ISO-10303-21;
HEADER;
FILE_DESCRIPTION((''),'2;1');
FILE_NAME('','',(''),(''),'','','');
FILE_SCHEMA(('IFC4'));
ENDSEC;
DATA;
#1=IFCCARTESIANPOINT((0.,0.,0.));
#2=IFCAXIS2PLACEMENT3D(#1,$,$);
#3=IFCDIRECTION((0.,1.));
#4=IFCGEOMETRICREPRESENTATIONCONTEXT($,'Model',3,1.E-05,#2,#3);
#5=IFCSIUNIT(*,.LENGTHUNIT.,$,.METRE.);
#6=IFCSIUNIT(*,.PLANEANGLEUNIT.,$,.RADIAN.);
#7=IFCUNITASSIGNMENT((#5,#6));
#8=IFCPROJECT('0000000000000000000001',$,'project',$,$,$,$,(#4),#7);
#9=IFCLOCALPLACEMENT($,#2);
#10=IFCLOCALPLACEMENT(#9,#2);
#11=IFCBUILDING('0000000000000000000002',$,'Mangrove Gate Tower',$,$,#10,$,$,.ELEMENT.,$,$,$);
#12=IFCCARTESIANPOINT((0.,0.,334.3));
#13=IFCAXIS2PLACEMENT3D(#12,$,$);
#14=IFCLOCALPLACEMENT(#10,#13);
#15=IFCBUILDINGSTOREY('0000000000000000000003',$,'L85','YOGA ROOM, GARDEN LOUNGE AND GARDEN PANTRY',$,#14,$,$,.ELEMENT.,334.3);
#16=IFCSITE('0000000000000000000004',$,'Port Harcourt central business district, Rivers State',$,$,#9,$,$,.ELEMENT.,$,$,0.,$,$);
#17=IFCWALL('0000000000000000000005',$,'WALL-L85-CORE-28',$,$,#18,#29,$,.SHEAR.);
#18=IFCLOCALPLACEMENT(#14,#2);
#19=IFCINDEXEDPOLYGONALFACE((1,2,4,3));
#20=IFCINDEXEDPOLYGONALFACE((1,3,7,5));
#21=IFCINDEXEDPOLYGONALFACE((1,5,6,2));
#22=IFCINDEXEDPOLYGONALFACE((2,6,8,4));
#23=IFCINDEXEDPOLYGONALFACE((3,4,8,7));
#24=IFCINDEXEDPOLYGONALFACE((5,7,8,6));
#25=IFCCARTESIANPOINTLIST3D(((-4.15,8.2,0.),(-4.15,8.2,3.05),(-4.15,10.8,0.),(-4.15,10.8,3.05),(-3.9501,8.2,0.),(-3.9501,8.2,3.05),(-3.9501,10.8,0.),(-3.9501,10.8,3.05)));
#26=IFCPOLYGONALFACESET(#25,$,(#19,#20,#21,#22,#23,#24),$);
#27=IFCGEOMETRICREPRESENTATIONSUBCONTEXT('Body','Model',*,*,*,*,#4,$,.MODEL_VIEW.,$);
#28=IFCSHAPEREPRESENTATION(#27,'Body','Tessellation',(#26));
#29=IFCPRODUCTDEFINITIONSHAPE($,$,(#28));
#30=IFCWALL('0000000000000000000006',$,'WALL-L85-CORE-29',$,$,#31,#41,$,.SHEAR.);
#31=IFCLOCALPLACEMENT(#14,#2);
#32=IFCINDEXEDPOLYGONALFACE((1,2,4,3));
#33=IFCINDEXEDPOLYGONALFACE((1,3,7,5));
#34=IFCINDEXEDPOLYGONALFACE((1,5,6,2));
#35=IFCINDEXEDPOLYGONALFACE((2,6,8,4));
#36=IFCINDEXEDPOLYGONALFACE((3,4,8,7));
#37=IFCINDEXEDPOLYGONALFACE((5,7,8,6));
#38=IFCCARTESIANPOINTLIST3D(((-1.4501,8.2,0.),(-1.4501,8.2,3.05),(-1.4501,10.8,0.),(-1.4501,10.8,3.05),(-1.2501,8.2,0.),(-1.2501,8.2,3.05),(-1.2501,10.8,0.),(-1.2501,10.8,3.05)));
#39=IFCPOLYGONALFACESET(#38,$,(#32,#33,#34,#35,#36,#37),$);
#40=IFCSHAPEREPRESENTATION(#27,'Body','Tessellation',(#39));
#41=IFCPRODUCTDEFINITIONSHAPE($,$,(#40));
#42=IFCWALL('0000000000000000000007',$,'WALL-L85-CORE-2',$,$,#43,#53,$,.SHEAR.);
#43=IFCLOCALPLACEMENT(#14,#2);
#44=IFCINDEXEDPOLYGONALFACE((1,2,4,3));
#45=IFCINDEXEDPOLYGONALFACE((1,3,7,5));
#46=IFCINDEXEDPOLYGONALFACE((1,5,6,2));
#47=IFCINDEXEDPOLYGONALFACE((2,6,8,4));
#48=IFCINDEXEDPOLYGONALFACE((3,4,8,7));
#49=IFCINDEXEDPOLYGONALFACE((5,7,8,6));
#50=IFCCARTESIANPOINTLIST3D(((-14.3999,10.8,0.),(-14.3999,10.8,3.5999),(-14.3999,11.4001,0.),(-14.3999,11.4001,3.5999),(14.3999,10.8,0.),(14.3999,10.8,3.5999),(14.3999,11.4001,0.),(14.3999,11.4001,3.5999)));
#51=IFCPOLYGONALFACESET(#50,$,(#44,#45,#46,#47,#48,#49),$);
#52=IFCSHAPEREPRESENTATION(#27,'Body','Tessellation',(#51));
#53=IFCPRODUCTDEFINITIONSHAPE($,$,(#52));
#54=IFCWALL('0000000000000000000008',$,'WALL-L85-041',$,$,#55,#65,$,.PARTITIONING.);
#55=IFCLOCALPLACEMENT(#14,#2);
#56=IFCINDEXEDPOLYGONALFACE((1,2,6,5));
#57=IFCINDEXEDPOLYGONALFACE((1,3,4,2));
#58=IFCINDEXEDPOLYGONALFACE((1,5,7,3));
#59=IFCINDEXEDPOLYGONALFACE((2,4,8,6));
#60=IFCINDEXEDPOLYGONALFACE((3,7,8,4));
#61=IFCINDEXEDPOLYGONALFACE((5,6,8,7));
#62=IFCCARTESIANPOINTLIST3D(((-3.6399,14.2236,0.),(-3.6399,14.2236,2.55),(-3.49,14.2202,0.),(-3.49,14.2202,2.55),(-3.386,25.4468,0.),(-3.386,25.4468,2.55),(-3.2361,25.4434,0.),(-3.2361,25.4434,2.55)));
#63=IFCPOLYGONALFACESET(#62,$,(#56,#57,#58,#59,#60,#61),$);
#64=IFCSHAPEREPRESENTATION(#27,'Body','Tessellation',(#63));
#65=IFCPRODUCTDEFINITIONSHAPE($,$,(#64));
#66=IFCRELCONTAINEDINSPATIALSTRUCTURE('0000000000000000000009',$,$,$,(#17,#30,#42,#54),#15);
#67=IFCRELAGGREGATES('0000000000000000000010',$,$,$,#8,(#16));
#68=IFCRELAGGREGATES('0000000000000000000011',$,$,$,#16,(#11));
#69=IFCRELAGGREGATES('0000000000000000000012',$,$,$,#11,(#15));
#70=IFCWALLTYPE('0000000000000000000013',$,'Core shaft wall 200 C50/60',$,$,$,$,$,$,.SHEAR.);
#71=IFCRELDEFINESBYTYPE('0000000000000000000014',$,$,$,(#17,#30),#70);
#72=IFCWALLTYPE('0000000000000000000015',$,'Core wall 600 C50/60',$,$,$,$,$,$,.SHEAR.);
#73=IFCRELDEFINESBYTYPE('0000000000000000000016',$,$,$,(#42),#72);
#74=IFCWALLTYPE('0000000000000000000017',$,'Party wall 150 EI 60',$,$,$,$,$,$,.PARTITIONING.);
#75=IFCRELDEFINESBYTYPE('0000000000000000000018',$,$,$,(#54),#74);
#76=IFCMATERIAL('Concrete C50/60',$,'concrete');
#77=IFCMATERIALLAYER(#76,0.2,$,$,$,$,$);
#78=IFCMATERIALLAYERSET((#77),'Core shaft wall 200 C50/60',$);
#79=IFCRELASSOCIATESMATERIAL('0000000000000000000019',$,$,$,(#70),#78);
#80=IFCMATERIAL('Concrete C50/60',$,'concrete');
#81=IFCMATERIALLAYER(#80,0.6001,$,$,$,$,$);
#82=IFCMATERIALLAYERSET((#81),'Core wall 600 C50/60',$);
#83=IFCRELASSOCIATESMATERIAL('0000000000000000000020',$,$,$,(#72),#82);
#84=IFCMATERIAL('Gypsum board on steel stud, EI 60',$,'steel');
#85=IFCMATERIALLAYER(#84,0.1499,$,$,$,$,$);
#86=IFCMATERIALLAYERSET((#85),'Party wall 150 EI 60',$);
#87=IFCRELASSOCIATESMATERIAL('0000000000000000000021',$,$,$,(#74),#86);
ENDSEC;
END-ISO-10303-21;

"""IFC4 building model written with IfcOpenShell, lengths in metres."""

from ifc_helpers import new_model, si_unit, direction, frame, frame_2d, origin, place, context, subcontext, project, spatial, rectangle, extrude, material, layer, layer_set, type_object, element, save


model = new_model("IFC4")

# Units and contexts
model_context = context("Model", 3, precision=1e-05, world=origin(), true_north=direction((0.0, 1.0)))
body_context = subcontext(model_context, "Body", "Model", "MODEL_VIEW")
ifc_project = project(units=[si_unit("LENGTHUNIT", "METRE"), si_unit("PLANEANGLEUNIT", "RADIAN")], contexts=[model_context])

# Site, building, storey
site_placement = place(None, origin())
site = spatial("IfcSite", under=ifc_project, at=site_placement, Name="Port Harcourt central business district, Rivers State", CompositionType="ELEMENT", RefElevation=0.0)
building_placement = place(site_placement, origin())
building = spatial("IfcBuilding", under=site, at=building_placement, Name="Mangrove Gate Tower", CompositionType="ELEMENT")
storey_placement = place(building_placement, frame((0.0, 0.0, 334.3)))
storey = spatial("IfcBuildingStorey", under=building, at=storey_placement, Name="L85", Description="YOGA ROOM, GARDEN LOUNGE AND GARDEN PANTRY", CompositionType="ELEMENT", Elevation=334.3)

# Shared definitions
ifc_material_1 = material(Name="Concrete C50/60", Category="concrete")
ifc_layer_1 = layer(ifc_material_1, 0.2)
ifc_layer_set_1 = layer_set([ifc_layer_1], Name="Core shaft wall 200 C50/60")
wall_type_1 = type_object("IfcWallType", Name="Core shaft wall 200 C50/60", PredefinedType="SHEAR", material=ifc_layer_set_1)

# Walls
for number, where, z_axis, x_axis, name in (
    (1, (-4.05, 8.2, 0.0), (0.0, 0.0, 1.0), (0.0, 1.0, 0.0), "WALL-L85-CORE-28"),
    (2, (-1.3501, 8.2, 0.0), (0.0, 0.0, 1.0), (0.0, 1.0, 0.0), "WALL-L85-CORE-29"),
):
    element("IfcWall", number, at=place(storey_placement, frame(where, z_axis=z_axis, x_axis=x_axis)), inside=storey, type_object=wall_type_1, Name=name, PredefinedType="SHEAR", context=body_context, shape_type="SweptSolid", body=[
        extrude(rectangle(XDim=2.6001, YDim=0.2, at=frame_2d((1.3, 0.0))), origin(), (0.0, 0.0, 1.0), 3.05),
    ])
ifc_material_2 = material(Name="Concrete C50/60", Category="concrete")
ifc_layer_2 = layer(ifc_material_2, 0.6001)
ifc_layer_set_2 = layer_set([ifc_layer_2], Name="Core wall 600 C50/60")
wall_type_2 = type_object("IfcWallType", Name="Core wall 600 C50/60", PredefinedType="SHEAR", material=ifc_layer_set_2)
wall_1_placement = place(storey_placement, frame((-14.3999, 11.1001, 0.0), z_axis=(0.0, 0.0, 1.0), x_axis=(1.0, 0.0, 0.0)))
element("IfcWall", 3, at=wall_1_placement, inside=storey, type_object=wall_type_2, Name="WALL-L85-CORE-2", PredefinedType="SHEAR", context=body_context, shape_type="SweptSolid", body=[
    extrude(rectangle(XDim=28.7998, YDim=0.6001, at=frame_2d((14.3999, 0.0))), origin(), (0.0, 0.0, 1.0), 3.5999),
])
ifc_material_3 = material(Name="Gypsum board on steel stud, EI 60", Category="steel")
ifc_layer_3 = layer(ifc_material_3, 0.1499)
ifc_layer_set_3 = layer_set([ifc_layer_3], Name="Party wall 150 EI 60")
wall_type_3 = type_object("IfcWallType", Name="Party wall 150 EI 60", PredefinedType="PARTITIONING", material=ifc_layer_set_3)
wall_2_placement = place(storey_placement, frame((-3.5649, 14.2219, 0.0), z_axis=(0.0, 0.0, 1.0), x_axis=(0.022618, 0.999744, 0.0)))
element("IfcWall", 4, at=wall_2_placement, inside=storey, type_object=wall_type_3, Name="WALL-L85-041", PredefinedType="PARTITIONING", context=body_context, shape_type="SweptSolid", body=[
    extrude(rectangle(XDim=11.2261, YDim=0.1499, at=frame_2d((5.613, 0.0))), origin(), (0.0, 0.0, 1.0), 2.55),
])

save(model, "model.ifc")
